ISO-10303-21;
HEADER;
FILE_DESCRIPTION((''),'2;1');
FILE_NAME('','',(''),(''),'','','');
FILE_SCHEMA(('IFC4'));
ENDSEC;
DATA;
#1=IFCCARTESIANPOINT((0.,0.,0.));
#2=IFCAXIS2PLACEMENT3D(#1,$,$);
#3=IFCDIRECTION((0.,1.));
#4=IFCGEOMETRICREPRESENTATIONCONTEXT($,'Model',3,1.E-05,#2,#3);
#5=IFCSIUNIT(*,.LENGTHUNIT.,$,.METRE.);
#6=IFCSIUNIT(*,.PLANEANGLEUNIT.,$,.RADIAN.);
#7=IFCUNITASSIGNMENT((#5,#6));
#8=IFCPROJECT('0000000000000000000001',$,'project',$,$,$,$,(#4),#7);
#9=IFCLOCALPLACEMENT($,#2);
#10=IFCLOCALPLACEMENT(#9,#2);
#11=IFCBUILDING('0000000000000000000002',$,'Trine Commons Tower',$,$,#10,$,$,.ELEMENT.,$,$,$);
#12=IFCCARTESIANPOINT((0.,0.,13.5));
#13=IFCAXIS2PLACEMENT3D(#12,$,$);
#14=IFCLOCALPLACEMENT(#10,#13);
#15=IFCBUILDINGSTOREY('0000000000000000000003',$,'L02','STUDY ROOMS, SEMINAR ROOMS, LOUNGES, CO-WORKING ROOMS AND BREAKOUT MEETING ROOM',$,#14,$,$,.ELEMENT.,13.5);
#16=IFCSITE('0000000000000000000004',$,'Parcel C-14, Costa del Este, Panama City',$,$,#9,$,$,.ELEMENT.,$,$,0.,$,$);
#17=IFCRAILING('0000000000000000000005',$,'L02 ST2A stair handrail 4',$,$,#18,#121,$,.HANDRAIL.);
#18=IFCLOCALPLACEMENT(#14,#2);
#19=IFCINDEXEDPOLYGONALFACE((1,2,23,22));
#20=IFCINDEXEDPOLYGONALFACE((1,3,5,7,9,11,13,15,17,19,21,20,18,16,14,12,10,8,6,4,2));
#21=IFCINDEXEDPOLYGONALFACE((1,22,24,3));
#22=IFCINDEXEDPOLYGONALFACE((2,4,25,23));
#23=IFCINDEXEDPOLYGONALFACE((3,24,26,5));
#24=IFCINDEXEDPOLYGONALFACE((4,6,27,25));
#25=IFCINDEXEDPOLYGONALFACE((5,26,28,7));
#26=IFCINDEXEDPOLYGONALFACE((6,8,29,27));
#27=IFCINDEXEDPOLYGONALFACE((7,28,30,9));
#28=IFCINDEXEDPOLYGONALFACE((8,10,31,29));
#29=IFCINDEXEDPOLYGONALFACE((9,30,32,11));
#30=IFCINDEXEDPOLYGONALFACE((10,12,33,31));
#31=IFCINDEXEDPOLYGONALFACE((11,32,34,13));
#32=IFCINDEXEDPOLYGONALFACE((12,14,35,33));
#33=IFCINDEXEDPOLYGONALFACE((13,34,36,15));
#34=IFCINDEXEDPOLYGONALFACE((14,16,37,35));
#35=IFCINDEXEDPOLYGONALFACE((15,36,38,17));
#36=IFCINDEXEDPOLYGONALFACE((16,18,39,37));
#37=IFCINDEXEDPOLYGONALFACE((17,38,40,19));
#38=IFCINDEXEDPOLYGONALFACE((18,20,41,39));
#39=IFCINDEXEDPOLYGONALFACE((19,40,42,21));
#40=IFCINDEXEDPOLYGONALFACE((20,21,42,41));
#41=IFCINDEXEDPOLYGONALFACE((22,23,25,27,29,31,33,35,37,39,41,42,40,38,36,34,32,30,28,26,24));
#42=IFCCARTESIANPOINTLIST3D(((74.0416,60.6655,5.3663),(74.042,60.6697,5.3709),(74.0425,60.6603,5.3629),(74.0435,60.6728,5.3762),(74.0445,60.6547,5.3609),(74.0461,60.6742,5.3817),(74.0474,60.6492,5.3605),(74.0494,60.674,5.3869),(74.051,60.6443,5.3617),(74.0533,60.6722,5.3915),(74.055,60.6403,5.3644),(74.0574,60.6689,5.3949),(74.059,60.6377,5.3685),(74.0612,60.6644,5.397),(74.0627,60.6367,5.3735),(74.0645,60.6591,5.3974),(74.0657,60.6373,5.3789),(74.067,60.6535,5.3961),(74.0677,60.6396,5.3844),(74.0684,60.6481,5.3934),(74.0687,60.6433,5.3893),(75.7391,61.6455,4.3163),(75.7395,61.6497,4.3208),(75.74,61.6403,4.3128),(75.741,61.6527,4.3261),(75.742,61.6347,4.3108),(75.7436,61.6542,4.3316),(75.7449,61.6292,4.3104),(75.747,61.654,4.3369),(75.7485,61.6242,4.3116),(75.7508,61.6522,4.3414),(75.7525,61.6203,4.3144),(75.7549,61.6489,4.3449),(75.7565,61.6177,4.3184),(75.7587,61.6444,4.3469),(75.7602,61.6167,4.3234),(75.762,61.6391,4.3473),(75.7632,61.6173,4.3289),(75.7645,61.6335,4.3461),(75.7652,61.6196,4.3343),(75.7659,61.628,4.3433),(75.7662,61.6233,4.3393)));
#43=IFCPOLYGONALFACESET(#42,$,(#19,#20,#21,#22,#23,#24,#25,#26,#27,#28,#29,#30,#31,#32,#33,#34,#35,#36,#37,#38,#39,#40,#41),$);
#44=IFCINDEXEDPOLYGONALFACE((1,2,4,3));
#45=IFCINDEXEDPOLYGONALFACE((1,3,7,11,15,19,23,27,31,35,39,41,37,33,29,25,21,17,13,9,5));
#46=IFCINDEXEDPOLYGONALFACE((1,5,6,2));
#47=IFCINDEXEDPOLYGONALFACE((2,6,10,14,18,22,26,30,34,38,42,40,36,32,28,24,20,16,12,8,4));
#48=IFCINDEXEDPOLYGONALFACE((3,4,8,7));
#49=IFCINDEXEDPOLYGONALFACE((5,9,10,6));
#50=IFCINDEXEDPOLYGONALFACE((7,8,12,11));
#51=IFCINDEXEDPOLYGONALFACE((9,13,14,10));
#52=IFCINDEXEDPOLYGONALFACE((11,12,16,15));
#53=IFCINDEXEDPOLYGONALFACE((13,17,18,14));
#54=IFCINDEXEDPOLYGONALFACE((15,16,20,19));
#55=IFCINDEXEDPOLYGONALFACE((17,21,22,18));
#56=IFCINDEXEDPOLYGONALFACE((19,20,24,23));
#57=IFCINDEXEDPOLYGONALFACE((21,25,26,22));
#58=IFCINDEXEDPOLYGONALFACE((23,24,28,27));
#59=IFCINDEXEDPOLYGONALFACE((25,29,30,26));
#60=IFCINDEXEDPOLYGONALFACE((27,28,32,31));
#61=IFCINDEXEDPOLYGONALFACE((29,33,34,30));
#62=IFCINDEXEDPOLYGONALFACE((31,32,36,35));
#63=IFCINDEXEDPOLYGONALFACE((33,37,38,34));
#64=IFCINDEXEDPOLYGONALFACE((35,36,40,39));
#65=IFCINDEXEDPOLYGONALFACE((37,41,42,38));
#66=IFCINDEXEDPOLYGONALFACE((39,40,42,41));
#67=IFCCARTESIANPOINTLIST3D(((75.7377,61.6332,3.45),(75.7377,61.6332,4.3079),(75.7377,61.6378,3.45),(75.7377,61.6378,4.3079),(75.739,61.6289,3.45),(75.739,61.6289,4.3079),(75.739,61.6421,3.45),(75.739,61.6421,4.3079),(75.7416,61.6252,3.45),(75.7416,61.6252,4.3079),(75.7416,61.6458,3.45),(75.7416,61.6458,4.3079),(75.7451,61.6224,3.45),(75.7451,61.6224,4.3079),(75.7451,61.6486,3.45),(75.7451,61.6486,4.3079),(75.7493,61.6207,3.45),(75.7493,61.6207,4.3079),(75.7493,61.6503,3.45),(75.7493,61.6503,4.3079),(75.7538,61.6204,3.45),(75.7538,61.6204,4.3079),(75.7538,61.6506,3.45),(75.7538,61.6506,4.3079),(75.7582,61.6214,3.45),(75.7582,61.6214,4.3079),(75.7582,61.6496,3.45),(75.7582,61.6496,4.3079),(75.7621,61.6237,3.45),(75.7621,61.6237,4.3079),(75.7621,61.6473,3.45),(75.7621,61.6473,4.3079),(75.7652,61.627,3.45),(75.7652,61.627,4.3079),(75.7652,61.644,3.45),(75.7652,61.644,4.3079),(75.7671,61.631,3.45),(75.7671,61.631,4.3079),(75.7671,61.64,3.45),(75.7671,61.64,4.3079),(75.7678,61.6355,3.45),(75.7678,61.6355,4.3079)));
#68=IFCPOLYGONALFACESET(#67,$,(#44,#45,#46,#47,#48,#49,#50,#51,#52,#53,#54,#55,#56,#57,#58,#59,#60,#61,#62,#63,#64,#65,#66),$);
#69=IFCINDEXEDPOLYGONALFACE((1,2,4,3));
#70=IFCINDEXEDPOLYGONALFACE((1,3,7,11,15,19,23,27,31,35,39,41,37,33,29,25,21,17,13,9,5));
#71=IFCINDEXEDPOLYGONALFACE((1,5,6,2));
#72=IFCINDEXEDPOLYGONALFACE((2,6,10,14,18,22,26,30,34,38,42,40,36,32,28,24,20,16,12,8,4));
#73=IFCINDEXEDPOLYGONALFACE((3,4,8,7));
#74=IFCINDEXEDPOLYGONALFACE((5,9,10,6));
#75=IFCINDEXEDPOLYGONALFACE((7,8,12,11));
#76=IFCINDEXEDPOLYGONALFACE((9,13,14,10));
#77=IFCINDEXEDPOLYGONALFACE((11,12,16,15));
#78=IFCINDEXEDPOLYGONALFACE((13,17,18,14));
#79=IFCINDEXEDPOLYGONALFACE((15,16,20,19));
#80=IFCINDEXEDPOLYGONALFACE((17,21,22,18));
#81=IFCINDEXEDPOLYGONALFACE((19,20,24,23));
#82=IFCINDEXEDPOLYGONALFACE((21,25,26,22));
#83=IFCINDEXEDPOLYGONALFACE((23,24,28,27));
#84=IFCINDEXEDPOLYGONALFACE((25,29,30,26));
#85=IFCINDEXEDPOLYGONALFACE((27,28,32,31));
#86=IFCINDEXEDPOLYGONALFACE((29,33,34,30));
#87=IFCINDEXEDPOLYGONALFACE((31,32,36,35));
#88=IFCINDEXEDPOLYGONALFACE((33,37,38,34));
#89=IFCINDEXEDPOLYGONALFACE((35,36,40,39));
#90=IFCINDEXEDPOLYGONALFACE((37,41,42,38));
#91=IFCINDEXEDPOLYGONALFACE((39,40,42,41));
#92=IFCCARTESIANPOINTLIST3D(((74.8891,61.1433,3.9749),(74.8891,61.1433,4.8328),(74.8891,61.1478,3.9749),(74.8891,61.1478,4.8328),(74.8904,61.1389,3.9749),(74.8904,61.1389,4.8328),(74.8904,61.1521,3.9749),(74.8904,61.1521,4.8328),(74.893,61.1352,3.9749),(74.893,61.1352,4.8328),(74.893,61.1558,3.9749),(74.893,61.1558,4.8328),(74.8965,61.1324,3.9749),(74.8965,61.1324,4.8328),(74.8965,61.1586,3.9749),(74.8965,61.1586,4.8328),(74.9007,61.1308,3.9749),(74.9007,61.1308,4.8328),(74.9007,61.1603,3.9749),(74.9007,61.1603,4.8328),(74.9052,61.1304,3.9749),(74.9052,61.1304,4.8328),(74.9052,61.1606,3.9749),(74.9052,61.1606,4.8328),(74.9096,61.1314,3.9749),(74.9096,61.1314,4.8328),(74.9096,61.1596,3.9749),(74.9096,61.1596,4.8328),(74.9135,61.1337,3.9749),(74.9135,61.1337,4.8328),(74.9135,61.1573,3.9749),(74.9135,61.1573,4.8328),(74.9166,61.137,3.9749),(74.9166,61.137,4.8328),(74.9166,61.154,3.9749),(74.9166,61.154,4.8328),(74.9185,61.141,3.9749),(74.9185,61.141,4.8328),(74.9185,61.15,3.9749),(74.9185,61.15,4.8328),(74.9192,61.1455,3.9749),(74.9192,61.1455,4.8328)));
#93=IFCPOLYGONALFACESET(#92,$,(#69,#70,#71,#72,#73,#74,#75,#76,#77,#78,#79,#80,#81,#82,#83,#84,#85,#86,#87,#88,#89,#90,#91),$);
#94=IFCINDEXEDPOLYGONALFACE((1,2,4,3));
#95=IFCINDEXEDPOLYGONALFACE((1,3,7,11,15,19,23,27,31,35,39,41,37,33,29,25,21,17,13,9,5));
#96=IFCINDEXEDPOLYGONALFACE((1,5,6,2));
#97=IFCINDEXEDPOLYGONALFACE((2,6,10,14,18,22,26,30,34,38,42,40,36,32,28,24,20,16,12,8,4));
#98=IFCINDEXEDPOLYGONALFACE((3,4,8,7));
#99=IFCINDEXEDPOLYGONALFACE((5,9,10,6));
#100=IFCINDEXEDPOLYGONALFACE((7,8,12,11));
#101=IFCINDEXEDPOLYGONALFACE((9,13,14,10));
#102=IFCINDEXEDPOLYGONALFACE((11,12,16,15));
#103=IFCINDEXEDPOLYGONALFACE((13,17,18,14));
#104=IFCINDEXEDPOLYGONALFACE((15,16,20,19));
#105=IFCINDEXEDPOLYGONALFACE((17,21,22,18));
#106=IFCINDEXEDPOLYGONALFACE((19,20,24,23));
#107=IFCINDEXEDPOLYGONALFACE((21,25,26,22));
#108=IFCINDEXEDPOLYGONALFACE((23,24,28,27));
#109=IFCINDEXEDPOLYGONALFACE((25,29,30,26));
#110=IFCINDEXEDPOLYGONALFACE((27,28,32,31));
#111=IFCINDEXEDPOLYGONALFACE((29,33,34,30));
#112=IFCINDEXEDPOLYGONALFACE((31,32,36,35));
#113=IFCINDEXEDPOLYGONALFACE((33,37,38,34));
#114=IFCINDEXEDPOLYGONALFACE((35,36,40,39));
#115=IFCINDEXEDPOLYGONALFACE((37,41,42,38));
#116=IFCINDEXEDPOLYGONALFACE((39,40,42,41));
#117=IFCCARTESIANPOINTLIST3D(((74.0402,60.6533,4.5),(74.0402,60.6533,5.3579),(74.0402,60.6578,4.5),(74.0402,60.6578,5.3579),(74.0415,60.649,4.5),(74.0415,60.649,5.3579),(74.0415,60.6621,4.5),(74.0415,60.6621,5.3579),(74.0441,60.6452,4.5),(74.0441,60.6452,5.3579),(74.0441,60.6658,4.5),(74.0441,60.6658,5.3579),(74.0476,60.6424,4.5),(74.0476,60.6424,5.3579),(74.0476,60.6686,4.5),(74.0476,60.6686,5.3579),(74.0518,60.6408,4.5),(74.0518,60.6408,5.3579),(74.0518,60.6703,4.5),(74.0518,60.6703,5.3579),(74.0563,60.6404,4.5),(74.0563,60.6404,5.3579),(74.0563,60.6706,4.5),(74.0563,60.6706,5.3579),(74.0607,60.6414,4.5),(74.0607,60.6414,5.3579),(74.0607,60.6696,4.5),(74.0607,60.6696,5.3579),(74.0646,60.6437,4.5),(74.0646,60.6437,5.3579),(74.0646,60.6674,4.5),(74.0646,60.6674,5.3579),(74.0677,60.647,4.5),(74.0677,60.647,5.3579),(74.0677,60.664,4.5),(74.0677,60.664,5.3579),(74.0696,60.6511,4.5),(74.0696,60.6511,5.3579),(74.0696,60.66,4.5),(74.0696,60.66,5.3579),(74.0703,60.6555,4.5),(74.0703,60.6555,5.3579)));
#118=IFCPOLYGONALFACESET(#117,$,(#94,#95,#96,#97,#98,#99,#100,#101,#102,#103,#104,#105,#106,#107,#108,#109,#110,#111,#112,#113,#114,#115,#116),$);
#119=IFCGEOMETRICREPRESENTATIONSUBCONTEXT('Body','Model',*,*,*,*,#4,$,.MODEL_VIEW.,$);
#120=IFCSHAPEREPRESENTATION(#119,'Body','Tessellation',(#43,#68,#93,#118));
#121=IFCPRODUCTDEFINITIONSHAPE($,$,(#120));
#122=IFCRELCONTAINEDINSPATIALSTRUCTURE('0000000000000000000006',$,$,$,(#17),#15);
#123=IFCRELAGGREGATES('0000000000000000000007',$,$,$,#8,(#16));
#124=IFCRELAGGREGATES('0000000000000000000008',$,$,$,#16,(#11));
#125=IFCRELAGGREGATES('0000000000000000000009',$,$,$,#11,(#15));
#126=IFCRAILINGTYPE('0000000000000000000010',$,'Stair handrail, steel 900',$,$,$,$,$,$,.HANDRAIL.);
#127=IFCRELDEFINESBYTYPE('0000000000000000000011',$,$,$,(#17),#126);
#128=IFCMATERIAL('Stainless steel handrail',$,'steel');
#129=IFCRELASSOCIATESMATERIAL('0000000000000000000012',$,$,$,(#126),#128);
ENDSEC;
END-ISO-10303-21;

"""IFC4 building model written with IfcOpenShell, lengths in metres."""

from ifc_helpers import new_model, si_unit, direction, frame, origin, origin_2d, place, context, subcontext, project, spatial, circle, extrude, material, type_object, element, save


model = new_model("IFC4")

# Units and contexts
model_context = context("Model", 3, precision=1e-05, world=origin(), true_north=direction((0.0, 1.0)))
body_context = subcontext(model_context, "Body", "Model", "MODEL_VIEW")
ifc_project = project(units=[si_unit("LENGTHUNIT", "METRE"), si_unit("PLANEANGLEUNIT", "RADIAN")], contexts=[model_context])

# Site, building, storey
site_placement = place(None, origin())
site = spatial("IfcSite", under=ifc_project, at=site_placement, Name="Parcel C-14, Costa del Este, Panama City", CompositionType="ELEMENT", RefElevation=0.0)
building_placement = place(site_placement, origin())
building = spatial("IfcBuilding", under=site, at=building_placement, Name="Trine Commons Tower", CompositionType="ELEMENT")
storey_placement = place(building_placement, frame((0.0, 0.0, 13.5)))
storey = spatial("IfcBuildingStorey", under=building, at=storey_placement, Name="L02", Description="STUDY ROOMS, SEMINAR ROOMS, LOUNGES, CO-WORKING ROOMS AND BREAKOUT MEETING ROOM", CompositionType="ELEMENT", Elevation=13.5)

# Railing
ifc_material_1 = material(Name="Stainless steel handrail", Category="steel")
railing_type_1 = type_object("IfcRailingType", Name="Stair handrail, steel 900", PredefinedType="HANDRAIL", material=ifc_material_1)
railing_1_placement = place(storey_placement, frame((75.7527, 61.6355, 3.45)))
element("IfcRailing", 1, at=railing_1_placement, inside=storey, type_object=railing_type_1, Name="L02 ST2A stair handrail 4", PredefinedType="HANDRAIL", context=body_context, shape_type="SweptSolid", body=[
    extrude(circle(Radius=0.021, at=origin_2d()), frame((0.0, 0.0, 0.8789), z_axis=(-0.763398, -0.440713, 0.472224), x_axis=(0.49997, -0.866042, 0.0)), (0.0, 0.0, 1.0), 2.2236),
    extrude(circle(Radius=0.0151, at=origin_2d()), origin(), (0.0, 0.0, 1.0), 0.8579),
    extrude(circle(Radius=0.0151, at=origin_2d()), frame((-0.8486, -0.49, 0.5249)), (0.0, 0.0, 1.0), 0.8579),
    extrude(circle(Radius=0.0151, at=origin_2d()), frame((-1.6975, -0.98, 1.05)), (0.0, 0.0, 1.0), 0.8579),
])

save(model, "model.ifc")
